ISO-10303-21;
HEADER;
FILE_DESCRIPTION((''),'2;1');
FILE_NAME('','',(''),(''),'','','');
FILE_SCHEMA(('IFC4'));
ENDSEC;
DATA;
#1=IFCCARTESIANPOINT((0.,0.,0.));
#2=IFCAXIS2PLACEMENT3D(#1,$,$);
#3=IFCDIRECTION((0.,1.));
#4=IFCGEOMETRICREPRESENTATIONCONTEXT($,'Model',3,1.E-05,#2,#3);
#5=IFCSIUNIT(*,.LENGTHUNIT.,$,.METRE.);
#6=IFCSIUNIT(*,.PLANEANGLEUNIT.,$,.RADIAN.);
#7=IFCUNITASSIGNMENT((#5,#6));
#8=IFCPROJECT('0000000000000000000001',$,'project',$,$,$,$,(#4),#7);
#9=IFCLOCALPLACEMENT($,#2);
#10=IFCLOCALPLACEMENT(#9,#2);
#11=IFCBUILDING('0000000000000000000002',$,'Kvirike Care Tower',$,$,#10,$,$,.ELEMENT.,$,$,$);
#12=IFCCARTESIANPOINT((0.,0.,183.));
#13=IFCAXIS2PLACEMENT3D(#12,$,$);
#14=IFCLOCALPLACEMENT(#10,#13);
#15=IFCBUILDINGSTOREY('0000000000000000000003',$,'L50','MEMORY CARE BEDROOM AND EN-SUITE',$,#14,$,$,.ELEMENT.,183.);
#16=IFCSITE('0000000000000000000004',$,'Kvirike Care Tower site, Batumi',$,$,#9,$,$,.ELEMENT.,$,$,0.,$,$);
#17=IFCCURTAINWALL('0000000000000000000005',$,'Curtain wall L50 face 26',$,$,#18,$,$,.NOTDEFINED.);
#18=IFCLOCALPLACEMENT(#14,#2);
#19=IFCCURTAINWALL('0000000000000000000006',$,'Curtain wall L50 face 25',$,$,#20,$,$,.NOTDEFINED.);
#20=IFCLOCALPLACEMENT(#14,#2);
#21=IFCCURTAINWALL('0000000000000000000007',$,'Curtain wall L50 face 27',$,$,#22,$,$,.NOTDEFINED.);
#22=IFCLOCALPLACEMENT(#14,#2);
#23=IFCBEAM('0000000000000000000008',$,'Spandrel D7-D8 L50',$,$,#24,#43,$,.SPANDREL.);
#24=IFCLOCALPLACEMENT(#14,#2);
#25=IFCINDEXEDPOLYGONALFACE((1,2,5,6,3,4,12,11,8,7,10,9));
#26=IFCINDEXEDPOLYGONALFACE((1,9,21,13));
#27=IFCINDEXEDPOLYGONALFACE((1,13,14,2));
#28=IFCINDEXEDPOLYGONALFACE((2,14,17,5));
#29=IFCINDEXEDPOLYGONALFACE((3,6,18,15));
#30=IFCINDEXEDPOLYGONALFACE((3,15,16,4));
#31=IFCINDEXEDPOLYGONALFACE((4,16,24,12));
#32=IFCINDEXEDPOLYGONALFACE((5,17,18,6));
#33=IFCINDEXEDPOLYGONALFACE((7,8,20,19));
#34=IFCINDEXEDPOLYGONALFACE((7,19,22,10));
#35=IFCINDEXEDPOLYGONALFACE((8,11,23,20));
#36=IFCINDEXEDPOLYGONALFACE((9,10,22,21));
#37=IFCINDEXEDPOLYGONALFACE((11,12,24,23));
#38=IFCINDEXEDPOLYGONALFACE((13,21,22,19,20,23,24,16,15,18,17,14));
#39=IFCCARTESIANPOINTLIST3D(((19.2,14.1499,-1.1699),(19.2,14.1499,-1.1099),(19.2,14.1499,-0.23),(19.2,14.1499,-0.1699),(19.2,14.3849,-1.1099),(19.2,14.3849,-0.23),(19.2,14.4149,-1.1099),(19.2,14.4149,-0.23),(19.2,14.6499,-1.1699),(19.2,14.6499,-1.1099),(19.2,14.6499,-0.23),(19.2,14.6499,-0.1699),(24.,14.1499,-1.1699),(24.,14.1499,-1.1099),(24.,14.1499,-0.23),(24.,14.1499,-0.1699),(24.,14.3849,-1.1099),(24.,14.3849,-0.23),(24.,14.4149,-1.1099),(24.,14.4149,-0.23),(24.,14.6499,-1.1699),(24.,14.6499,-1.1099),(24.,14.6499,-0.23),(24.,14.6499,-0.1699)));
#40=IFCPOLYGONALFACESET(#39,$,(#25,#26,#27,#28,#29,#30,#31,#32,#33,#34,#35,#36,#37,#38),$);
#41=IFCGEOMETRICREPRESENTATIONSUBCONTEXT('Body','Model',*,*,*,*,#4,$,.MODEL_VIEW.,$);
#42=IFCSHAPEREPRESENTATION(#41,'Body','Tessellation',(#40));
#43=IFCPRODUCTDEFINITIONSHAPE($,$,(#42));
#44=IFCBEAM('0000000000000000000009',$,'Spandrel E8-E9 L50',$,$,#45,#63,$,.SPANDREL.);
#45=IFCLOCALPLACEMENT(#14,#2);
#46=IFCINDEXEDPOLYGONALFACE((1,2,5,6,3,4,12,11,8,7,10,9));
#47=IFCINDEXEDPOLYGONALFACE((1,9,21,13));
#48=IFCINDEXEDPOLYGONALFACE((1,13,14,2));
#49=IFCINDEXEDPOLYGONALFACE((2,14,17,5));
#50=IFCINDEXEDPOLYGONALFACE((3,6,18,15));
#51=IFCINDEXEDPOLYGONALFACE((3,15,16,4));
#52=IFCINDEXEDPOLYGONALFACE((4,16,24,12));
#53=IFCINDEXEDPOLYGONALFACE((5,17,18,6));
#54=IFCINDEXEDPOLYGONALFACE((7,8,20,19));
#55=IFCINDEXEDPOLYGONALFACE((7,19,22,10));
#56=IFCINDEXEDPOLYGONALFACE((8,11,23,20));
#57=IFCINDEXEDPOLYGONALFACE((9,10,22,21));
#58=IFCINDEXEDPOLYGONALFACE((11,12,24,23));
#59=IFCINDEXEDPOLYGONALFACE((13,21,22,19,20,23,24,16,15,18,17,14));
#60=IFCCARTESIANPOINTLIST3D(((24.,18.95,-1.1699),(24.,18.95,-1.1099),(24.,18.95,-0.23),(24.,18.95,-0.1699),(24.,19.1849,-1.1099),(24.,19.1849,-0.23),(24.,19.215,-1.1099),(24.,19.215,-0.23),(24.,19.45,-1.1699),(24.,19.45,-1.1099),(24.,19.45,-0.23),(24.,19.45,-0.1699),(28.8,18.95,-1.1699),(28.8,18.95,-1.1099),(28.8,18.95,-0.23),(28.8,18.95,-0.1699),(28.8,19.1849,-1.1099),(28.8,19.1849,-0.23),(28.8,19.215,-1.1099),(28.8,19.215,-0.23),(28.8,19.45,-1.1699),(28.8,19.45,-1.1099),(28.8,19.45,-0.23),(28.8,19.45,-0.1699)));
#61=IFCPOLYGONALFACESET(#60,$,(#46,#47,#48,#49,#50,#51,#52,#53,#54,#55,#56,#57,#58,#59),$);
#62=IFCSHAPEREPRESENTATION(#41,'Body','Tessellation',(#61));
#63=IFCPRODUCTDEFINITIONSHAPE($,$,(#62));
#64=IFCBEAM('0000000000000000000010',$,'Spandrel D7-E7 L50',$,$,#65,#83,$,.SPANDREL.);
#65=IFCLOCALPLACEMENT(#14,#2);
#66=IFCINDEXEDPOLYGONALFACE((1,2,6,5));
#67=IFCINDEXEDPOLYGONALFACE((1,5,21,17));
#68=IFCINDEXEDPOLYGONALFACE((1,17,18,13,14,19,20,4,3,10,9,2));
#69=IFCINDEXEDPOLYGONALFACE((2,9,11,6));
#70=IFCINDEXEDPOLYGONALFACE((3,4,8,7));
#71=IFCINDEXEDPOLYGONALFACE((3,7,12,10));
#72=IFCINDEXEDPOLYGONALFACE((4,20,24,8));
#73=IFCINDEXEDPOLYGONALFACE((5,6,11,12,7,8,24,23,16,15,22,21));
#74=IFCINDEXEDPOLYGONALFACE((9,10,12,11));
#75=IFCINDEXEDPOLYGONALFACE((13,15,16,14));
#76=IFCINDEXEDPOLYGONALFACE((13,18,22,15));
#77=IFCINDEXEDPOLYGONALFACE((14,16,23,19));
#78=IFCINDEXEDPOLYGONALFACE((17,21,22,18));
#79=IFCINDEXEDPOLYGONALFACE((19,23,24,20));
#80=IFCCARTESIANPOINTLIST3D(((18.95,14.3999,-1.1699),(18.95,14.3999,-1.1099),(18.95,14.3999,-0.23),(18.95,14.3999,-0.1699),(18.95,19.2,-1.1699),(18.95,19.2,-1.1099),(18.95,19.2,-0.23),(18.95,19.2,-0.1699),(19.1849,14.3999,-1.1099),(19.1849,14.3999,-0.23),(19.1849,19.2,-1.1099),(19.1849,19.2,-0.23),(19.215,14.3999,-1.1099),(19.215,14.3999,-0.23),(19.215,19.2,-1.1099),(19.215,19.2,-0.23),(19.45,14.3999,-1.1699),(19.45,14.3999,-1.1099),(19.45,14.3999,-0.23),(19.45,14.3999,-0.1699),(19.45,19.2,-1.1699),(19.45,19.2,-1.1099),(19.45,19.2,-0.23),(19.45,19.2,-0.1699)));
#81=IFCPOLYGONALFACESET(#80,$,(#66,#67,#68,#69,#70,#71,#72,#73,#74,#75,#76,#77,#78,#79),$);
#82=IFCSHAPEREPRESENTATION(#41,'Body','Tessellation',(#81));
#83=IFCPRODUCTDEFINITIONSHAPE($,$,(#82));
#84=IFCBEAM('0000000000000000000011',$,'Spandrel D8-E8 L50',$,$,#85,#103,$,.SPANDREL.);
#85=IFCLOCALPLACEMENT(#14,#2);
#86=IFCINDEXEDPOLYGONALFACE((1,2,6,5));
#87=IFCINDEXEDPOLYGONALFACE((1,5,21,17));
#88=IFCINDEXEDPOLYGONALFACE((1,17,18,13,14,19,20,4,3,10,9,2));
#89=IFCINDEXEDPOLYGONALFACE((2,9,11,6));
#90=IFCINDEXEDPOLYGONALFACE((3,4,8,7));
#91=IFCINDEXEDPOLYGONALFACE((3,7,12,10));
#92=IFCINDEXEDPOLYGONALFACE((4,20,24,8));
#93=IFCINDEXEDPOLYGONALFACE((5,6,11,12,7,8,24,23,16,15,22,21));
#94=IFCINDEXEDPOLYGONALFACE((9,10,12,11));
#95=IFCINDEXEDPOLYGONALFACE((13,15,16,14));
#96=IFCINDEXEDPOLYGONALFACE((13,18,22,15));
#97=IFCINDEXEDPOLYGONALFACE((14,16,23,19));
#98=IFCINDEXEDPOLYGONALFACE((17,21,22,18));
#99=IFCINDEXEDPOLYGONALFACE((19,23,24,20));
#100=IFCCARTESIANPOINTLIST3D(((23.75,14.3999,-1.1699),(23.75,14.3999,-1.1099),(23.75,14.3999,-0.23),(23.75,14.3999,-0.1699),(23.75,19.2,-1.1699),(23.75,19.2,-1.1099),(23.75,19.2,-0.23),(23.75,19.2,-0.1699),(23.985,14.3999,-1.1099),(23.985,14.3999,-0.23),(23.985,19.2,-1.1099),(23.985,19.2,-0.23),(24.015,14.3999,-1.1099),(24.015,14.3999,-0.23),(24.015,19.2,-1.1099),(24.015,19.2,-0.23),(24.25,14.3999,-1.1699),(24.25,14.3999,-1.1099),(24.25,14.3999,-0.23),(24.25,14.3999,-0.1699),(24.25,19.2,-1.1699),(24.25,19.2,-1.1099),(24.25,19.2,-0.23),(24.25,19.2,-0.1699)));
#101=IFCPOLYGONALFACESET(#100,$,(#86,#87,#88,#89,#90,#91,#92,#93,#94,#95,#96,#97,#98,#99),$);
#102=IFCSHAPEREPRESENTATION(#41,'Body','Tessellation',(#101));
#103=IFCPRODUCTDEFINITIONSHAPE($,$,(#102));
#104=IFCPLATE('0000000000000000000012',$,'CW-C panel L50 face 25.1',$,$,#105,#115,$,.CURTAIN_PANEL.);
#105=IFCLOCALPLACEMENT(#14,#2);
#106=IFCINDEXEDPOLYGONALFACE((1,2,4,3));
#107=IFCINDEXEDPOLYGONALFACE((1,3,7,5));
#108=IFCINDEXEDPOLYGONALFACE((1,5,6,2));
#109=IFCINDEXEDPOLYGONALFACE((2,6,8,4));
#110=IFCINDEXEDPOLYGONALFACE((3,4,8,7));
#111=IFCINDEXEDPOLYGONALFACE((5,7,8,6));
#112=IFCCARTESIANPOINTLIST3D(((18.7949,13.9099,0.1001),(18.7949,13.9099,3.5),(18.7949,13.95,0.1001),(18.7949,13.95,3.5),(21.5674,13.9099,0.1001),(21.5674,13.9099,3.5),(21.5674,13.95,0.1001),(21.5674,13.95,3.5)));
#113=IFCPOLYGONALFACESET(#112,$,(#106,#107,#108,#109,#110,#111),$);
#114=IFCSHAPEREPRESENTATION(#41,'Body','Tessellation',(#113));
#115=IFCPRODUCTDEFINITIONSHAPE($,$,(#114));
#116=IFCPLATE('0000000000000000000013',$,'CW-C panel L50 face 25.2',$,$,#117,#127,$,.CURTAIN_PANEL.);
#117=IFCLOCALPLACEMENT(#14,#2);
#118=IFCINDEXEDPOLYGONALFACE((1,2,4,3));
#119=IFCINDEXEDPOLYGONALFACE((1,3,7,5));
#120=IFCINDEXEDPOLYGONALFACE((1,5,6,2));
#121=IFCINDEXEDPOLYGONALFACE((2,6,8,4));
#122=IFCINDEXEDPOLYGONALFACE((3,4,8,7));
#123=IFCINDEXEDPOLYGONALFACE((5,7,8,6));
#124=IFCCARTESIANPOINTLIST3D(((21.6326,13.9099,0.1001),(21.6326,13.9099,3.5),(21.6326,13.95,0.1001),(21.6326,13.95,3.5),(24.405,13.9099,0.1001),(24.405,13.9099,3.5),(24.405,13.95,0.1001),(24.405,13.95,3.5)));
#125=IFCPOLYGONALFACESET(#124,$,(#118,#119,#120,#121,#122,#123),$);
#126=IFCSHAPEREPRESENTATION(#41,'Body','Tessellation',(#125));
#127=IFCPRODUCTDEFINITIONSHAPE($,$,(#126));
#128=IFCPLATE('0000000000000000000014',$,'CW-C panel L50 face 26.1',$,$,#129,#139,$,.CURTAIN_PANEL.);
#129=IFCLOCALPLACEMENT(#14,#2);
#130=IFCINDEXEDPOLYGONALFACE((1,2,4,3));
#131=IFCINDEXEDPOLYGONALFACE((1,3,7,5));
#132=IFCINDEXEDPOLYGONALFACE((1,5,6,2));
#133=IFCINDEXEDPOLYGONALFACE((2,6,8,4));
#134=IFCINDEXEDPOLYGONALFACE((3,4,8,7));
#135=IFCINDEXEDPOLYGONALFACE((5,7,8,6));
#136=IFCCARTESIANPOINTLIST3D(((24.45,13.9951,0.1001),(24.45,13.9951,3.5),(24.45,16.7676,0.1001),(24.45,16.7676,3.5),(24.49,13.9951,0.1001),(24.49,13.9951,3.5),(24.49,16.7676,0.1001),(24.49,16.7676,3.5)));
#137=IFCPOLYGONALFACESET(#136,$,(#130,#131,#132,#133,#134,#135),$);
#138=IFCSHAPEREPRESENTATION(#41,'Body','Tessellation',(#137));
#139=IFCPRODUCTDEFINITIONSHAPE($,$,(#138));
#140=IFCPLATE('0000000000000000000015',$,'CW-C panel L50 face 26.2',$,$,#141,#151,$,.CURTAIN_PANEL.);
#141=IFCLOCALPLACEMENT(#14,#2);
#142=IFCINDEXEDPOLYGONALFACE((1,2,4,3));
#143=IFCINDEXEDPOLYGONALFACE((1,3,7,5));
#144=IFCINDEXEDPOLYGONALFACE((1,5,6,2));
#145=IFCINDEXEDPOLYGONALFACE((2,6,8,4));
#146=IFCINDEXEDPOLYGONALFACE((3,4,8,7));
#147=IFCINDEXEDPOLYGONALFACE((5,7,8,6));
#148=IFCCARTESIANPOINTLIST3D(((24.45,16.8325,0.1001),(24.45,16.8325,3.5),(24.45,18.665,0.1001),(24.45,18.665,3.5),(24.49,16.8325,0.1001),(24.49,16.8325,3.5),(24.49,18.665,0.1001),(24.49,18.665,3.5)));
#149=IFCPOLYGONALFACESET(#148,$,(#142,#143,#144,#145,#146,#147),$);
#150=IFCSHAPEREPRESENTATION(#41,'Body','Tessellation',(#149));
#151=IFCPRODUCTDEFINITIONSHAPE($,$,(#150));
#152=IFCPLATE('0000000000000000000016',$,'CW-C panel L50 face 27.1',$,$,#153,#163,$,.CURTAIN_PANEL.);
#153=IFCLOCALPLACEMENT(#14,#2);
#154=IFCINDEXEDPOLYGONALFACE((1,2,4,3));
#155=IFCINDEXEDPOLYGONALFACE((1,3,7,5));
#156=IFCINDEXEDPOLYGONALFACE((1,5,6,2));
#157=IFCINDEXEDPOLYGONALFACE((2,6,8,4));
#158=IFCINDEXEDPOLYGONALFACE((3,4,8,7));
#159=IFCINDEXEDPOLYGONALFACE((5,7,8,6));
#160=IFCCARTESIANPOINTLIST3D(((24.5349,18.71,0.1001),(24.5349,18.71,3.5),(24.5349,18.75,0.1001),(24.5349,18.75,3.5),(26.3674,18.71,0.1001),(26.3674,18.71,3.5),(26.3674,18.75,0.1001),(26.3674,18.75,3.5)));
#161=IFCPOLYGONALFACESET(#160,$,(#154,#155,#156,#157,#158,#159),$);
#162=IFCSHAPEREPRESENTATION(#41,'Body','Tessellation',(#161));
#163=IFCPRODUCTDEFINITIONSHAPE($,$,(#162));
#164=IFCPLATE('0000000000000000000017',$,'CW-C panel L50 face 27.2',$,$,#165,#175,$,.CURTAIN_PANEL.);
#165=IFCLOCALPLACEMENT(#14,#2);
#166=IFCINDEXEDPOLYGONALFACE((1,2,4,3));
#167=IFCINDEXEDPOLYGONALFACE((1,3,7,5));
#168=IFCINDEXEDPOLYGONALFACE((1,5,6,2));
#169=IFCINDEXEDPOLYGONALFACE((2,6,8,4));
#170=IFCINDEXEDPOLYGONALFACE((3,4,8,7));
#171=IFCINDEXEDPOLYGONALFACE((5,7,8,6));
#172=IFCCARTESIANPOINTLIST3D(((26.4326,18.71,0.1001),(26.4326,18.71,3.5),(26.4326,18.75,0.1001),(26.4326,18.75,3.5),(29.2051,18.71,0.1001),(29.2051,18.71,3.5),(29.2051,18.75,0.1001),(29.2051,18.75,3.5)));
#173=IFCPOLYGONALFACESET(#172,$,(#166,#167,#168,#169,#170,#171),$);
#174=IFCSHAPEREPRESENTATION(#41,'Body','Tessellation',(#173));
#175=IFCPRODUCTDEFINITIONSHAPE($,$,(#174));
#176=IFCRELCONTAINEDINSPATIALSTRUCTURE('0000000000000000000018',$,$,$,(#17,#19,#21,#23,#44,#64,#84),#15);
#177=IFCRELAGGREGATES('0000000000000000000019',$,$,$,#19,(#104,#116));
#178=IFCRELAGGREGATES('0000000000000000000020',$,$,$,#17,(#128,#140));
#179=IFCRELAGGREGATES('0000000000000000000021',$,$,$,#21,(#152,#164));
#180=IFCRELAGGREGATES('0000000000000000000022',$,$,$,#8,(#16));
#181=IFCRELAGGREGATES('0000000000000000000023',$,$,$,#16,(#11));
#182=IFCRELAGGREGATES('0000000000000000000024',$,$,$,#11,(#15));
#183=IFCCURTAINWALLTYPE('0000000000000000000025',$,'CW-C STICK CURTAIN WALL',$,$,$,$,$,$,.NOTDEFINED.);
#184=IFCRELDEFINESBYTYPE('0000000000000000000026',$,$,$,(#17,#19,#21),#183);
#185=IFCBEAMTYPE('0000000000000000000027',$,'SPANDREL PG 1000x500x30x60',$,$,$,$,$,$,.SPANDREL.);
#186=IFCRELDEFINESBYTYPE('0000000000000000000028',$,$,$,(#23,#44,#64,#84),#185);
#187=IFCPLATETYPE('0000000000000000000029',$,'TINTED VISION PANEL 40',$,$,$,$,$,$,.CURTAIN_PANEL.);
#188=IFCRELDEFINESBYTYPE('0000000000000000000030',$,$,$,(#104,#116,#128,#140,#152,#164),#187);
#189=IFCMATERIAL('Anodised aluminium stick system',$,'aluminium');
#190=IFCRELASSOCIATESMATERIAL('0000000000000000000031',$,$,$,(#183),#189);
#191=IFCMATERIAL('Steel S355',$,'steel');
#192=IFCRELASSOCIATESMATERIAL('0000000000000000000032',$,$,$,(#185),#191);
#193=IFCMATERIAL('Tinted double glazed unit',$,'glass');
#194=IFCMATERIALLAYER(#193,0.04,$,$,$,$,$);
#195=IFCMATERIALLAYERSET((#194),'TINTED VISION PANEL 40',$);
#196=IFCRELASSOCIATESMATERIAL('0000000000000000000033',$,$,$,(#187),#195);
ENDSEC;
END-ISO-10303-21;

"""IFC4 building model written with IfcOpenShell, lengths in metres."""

from ifc_helpers import new_model, si_unit, direction, frame, origin, origin_2d, place, context, subcontext, project, spatial, rectangle, i_section, extrude, material, layer, layer_set, material_profile, profile_set, type_object, element, aggregate, save


model = new_model("IFC4")

# Units and contexts
model_context = context("Model", 3, precision=1e-05, world=origin(), true_north=direction((0.0, 1.0)))
body_context = subcontext(model_context, "Body", "Model", "MODEL_VIEW")
ifc_project = project(units=[si_unit("LENGTHUNIT", "METRE"), si_unit("PLANEANGLEUNIT", "RADIAN")], contexts=[model_context])

# Site, building, storey
site_placement = place(None, origin())
site = spatial("IfcSite", under=ifc_project, at=site_placement, Name="Kvirike Care Tower site, Batumi", CompositionType="ELEMENT", RefElevation=0.0)
building_placement = place(site_placement, origin())
building = spatial("IfcBuilding", under=site, at=building_placement, Name="Kvirike Care Tower", CompositionType="ELEMENT")
storey_placement = place(building_placement, frame((0.0, 0.0, 183.0)))
storey = spatial("IfcBuildingStorey", under=building, at=storey_placement, Name="L50", Description="MEMORY CARE BEDROOM AND EN-SUITE", CompositionType="ELEMENT", Elevation=183.0)

# Curtain wall
ifc_material_1 = material(Name="Anodised aluminium stick system", Category="aluminium")
curtain_wall_type = type_object("IfcCurtainWallType", Name="CW-C STICK CURTAIN WALL", PredefinedType="NOTDEFINED", material=ifc_material_1)
curtain_wall_1_placement = place(storey_placement, origin())
curtain_wall_1 = element("IfcCurtainWall", 1, at=curtain_wall_1_placement, inside=storey, type_object=curtain_wall_type, Name="Curtain wall L50 face 26", PredefinedType="NOTDEFINED")

# Curtain wall
curtain_wall_2_placement = place(storey_placement, origin())
curtain_wall_2 = element("IfcCurtainWall", 2, at=curtain_wall_2_placement, inside=storey, type_object=curtain_wall_type, Name="Curtain wall L50 face 25", PredefinedType="NOTDEFINED")

# Curtain wall
curtain_wall_3_placement = place(storey_placement, origin())
curtain_wall_3 = element("IfcCurtainWall", 3, at=curtain_wall_3_placement, inside=storey, type_object=curtain_wall_type, Name="Curtain wall L50 face 27", PredefinedType="NOTDEFINED")

# Beams
ifc_material_2 = material(Name="Steel S355", Category="steel")
ifc_material_profile_1 = material_profile(ifc_material_2, i_section(OverallWidth=0.5, OverallDepth=1.0, WebThickness=0.03, FlangeThickness=0.0601, at=origin_2d()), Name="PG 1000x500x30x60")
ifc_profile_set_1 = profile_set([ifc_material_profile_1], Name="Steel S355")
beam_type_1 = type_object("IfcBeamType", Name="SPANDREL PG 1000x500x30x60", PredefinedType="SPANDREL", material=ifc_profile_set_1)
for number, where, z_axis, x_axis, name in (
    (4, (19.2, 14.3999, -0.6699), (1.0, 0.0, 0.0), (0.0, 1.0, 0.0), "Spandrel D7-D8 L50"),
    (5, (24.0, 19.2, -0.6699), (1.0, 0.0, 0.0), (0.0, 1.0, 0.0), "Spandrel E8-E9 L50"),
    (6, (19.2, 14.3999, -0.6699), (0.0, 1.0, 0.0), (-1.0, 0.0, 0.0), "Spandrel D7-E7 L50"),
    (7, (24.0, 14.3999, -0.6699), (0.0, 1.0, 0.0), (-1.0, 0.0, 0.0), "Spandrel D8-E8 L50"),
):
    element("IfcBeam", number, at=place(storey_placement, frame(where, z_axis=z_axis, x_axis=x_axis)), inside=storey, type_object=beam_type_1, Name=name, PredefinedType="SPANDREL", context=body_context, shape_type="SweptSolid", body=[
        extrude(i_section(OverallWidth=0.5, OverallDepth=1.0, WebThickness=0.03, FlangeThickness=0.0601, at=origin_2d()), origin(), (0.0, 0.0, 1.0), 4.8),
    ])

# Plates
ifc_material_3 = material(Name="Tinted double glazed unit", Category="glass")
ifc_layer = layer(ifc_material_3, 0.04)
ifc_layer_set = layer_set([ifc_layer], Name="TINTED VISION PANEL 40")
plate_type = type_object("IfcPlateType", Name="TINTED VISION PANEL 40", PredefinedType="CURTAIN_PANEL", material=ifc_layer_set)
plate_1_placement = place(storey_placement, frame((20.1812, 13.9299, 0.1001), z_axis=(0.0, 0.0, 1.0), x_axis=(1.0, 0.0, 0.0)))
plate_1 = element("IfcPlate", 8, at=plate_1_placement, type_object=plate_type, Name="CW-C panel L50 face 25.1", PredefinedType="CURTAIN_PANEL", context=body_context, shape_type="SweptSolid", body=[
    extrude(rectangle(XDim=2.7725, YDim=0.04, at=origin_2d()), origin(), (0.0, 0.0, 1.0), 3.3999),
])
plate_2_placement = place(storey_placement, frame((23.0188, 13.9299, 0.1001), z_axis=(0.0, 0.0, 1.0), x_axis=(1.0, 0.0, 0.0)))
plate_2 = element("IfcPlate", 9, at=plate_2_placement, type_object=plate_type, Name="CW-C panel L50 face 25.2", PredefinedType="CURTAIN_PANEL", context=body_context, shape_type="SweptSolid", body=[
    extrude(rectangle(XDim=2.7725, YDim=0.04, at=origin_2d()), origin(), (0.0, 0.0, 1.0), 3.3999),
])
aggregate(curtain_wall_2, [plate_1, plate_2])
plate_3_placement = place(storey_placement, frame((24.47, 15.3813, 0.1001), z_axis=(0.0, 0.0, 1.0), x_axis=(0.0, 1.0, 0.0)))
plate_3 = element("IfcPlate", 10, at=plate_3_placement, type_object=plate_type, Name="CW-C panel L50 face 26.1", PredefinedType="CURTAIN_PANEL", context=body_context, shape_type="SweptSolid", body=[
    extrude(rectangle(XDim=2.7725, YDim=0.04, at=origin_2d()), origin(), (0.0, 0.0, 1.0), 3.3999),
])
plate_4_placement = place(storey_placement, frame((24.47, 17.7488, 0.1001), z_axis=(0.0, 0.0, 1.0), x_axis=(0.0, 1.0, 0.0)))
plate_4 = element("IfcPlate", 11, at=plate_4_placement, type_object=plate_type, Name="CW-C panel L50 face 26.2", PredefinedType="CURTAIN_PANEL", context=body_context, shape_type="SweptSolid", body=[
    extrude(rectangle(XDim=1.8325, YDim=0.04, at=origin_2d()), origin(), (0.0, 0.0, 1.0), 3.3999),
])
aggregate(curtain_wall_1, [plate_3, plate_4])
plate_5_placement = place(storey_placement, frame((25.4512, 18.73, 0.1001), z_axis=(0.0, 0.0, 1.0), x_axis=(1.0, 0.0, 0.0)))
plate_5 = element("IfcPlate", 12, at=plate_5_placement, type_object=plate_type, Name="CW-C panel L50 face 27.1", PredefinedType="CURTAIN_PANEL", context=body_context, shape_type="SweptSolid", body=[
    extrude(rectangle(XDim=1.8325, YDim=0.04, at=origin_2d()), origin(), (0.0, 0.0, 1.0), 3.3999),
])
plate_6_placement = place(storey_placement, frame((27.8188, 18.73, 0.1001), z_axis=(0.0, 0.0, 1.0), x_axis=(1.0, 0.0, 0.0)))
plate_6 = element("IfcPlate", 13, at=plate_6_placement, type_object=plate_type, Name="CW-C panel L50 face 27.2", PredefinedType="CURTAIN_PANEL", context=body_context, shape_type="SweptSolid", body=[
    extrude(rectangle(XDim=2.7725, YDim=0.04, at=origin_2d()), origin(), (0.0, 0.0, 1.0), 3.3999),
])
aggregate(curtain_wall_3, [plate_5, plate_6])

save(model, "model.ifc")
